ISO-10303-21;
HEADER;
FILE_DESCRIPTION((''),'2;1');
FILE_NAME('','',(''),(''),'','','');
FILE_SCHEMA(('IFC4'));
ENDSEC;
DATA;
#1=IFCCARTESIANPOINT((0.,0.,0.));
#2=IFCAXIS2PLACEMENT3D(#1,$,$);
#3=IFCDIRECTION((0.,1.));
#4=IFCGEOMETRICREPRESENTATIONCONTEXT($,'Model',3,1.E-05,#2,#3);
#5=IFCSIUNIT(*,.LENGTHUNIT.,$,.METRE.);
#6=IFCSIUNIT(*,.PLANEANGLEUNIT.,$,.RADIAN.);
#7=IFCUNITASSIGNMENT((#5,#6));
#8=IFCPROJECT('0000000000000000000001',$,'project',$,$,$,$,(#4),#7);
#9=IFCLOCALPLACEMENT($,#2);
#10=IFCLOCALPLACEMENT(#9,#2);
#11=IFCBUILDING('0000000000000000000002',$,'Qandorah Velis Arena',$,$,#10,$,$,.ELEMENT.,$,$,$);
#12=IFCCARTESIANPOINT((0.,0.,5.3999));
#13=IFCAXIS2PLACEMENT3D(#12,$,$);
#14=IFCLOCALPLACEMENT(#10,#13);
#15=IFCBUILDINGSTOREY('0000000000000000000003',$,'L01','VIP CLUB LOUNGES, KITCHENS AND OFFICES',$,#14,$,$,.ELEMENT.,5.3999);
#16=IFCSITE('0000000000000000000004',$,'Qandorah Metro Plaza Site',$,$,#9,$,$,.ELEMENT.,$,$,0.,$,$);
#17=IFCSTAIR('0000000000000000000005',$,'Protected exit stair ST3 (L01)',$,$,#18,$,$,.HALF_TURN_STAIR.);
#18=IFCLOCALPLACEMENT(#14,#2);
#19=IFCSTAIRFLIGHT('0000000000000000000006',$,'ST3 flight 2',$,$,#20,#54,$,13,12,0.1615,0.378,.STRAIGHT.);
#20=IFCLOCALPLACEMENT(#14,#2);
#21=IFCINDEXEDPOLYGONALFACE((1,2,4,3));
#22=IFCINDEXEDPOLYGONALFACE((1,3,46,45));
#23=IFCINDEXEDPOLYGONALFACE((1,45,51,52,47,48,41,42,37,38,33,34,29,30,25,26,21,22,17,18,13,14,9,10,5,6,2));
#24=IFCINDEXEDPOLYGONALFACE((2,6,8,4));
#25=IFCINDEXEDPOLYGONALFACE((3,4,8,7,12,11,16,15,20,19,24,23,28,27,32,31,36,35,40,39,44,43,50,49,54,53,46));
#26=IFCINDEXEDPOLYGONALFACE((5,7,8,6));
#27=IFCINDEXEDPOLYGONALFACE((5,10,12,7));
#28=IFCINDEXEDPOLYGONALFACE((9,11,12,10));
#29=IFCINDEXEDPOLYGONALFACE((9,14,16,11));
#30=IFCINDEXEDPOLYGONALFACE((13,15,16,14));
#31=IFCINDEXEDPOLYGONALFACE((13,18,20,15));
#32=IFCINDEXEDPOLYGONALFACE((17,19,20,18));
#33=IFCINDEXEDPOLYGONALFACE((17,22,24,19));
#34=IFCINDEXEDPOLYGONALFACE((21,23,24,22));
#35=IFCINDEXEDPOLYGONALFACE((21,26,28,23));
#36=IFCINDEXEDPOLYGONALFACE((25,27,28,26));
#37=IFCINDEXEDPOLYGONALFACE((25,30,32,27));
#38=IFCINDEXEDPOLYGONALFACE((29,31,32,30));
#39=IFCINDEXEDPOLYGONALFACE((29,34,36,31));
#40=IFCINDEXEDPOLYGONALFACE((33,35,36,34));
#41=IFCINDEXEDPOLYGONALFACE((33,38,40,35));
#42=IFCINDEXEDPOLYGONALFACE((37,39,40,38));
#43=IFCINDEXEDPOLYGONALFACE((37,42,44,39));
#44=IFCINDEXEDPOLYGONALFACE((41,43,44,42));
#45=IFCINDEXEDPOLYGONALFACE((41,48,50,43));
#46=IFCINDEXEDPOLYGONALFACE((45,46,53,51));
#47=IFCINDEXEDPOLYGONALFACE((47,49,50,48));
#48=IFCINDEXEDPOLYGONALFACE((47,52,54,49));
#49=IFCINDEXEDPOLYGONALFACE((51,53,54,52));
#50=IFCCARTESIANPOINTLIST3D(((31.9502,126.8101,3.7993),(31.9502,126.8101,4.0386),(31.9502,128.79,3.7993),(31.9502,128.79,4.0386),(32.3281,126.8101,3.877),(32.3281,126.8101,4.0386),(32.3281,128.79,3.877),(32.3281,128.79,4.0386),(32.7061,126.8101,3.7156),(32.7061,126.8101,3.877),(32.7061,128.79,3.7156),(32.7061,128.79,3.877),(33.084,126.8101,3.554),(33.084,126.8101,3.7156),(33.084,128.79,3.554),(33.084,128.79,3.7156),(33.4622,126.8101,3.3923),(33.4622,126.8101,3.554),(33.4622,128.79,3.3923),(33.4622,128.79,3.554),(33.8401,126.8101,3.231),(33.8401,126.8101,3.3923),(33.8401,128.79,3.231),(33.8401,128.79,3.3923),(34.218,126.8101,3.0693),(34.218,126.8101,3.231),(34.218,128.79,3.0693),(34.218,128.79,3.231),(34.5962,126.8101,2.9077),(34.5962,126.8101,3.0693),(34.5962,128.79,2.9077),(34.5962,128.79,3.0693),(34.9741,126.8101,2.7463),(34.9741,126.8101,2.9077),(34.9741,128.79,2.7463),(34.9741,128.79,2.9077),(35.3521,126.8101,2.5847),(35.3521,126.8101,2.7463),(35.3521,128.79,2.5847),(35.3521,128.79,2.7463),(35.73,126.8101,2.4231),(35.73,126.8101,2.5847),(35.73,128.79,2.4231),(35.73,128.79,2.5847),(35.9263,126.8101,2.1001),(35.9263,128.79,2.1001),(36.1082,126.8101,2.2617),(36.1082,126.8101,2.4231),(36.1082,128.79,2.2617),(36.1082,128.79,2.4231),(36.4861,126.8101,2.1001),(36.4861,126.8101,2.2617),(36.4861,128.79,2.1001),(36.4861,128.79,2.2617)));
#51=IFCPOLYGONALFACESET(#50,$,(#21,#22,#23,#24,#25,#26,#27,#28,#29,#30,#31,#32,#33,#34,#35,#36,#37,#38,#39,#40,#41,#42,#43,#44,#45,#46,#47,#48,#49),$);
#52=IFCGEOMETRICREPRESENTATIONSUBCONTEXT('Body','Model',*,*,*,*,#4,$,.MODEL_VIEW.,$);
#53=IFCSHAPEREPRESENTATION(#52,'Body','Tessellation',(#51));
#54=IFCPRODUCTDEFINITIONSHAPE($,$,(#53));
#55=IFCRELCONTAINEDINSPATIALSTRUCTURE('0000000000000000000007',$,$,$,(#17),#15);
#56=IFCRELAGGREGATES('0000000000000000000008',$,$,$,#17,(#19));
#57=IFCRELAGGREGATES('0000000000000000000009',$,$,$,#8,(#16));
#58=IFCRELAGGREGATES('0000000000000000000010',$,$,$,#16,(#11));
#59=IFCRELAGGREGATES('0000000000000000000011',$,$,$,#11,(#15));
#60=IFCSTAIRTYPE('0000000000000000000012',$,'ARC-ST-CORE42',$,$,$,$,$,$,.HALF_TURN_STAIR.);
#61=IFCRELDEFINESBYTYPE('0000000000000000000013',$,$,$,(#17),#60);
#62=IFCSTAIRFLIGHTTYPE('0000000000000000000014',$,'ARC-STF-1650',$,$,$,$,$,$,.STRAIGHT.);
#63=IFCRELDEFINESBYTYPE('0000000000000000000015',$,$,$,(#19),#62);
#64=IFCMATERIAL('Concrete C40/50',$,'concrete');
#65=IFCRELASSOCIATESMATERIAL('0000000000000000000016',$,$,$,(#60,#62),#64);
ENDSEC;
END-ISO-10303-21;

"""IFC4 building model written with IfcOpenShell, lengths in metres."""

from ifc_helpers import new_model, si_unit, direction, frame, origin, place, context, subcontext, project, spatial, polyline, outline, extrude, material, type_object, element, aggregate, save


model = new_model("IFC4")

# Units and contexts
model_context = context("Model", 3, precision=1e-05, world=origin(), true_north=direction((0.0, 1.0)))
body_context = subcontext(model_context, "Body", "Model", "MODEL_VIEW")
ifc_project = project(units=[si_unit("LENGTHUNIT", "METRE"), si_unit("PLANEANGLEUNIT", "RADIAN")], contexts=[model_context])

# Site, building, storey
site_placement = place(None, origin())
site = spatial("IfcSite", under=ifc_project, at=site_placement, Name="Qandorah Metro Plaza Site", CompositionType="ELEMENT", RefElevation=0.0)
building_placement = place(site_placement, origin())
building = spatial("IfcBuilding", under=site, at=building_placement, Name="Qandorah Velis Arena", CompositionType="ELEMENT")
storey_placement = place(building_placement, frame((0.0, 0.0, 5.3999)))
storey = spatial("IfcBuildingStorey", under=building, at=storey_placement, Name="L01", Description="VIP CLUB LOUNGES, KITCHENS AND OFFICES", CompositionType="ELEMENT", Elevation=5.3999)

# Shared definitions
ifc_material_1 = material(Name="Concrete C40/50", Category="concrete")

# Stair, stair flight
stair_type = type_object("IfcStairType", Name="ARC-ST-CORE42", PredefinedType="HALF_TURN_STAIR", material=ifc_material_1)
stair_placement = place(storey_placement, origin())
stair = element("IfcStair", 1, at=stair_placement, inside=storey, type_object=stair_type, Name="Protected exit stair ST3 (L01)", PredefinedType="HALF_TURN_STAIR")
stair_flight_type = type_object("IfcStairFlightType", Name="ARC-STF-1650", PredefinedType="STRAIGHT", material=ifc_material_1)
stair_flight_1_placement = place(storey_placement, frame((36.4861, 127.8, 2.1001), z_axis=(0.0, 0.0, 1.0), x_axis=(-1.0, 0.0, 0.0)))
stair_flight_1 = element("IfcStairFlight", 2, at=stair_flight_1_placement, type_object=stair_flight_type, Name="ST3 flight 2", NumberOfRisers=13, NumberOfTreads=12, PredefinedType="STRAIGHT", RiserHeight=0.1615, TreadLength=0.378, context=body_context, shape_type="SweptSolid", body=[
    extrude(outline(polyline([(0.0, 0.0), (0.0, 0.1616), (0.3779, 0.1616), (0.3779, 0.323), (0.7561, 0.323), (0.7561, 0.4846), (1.134, 0.4846), (1.134, 0.6462), (1.512, 0.6462), (1.512, 0.8076), (1.8899, 0.8076), (1.8899, 0.9692), (2.2681, 0.9692), (2.2681, 1.1309), (2.646, 1.1309), (2.646, 1.2922), (3.0239, 1.2922), (3.0239, 1.4539), (3.4021, 1.4539), (3.4021, 1.6155), (3.78, 1.6155), (3.78, 1.7769), (4.158, 1.7769), (4.158, 1.9385), (4.5359, 1.9385), (4.5359, 2.1001), (4.5359, 1.6992), (0.5598, 0.0), (0.0, 0.0)])), frame((0.0, 0.99, 0.0), z_axis=(0.0, -1.0, 0.0), x_axis=(1.0, 0.0, 0.0)), (0.0, 0.0, 1.0), 1.98),
])
aggregate(stair, [stair_flight_1])

save(model, "model.ifc")
